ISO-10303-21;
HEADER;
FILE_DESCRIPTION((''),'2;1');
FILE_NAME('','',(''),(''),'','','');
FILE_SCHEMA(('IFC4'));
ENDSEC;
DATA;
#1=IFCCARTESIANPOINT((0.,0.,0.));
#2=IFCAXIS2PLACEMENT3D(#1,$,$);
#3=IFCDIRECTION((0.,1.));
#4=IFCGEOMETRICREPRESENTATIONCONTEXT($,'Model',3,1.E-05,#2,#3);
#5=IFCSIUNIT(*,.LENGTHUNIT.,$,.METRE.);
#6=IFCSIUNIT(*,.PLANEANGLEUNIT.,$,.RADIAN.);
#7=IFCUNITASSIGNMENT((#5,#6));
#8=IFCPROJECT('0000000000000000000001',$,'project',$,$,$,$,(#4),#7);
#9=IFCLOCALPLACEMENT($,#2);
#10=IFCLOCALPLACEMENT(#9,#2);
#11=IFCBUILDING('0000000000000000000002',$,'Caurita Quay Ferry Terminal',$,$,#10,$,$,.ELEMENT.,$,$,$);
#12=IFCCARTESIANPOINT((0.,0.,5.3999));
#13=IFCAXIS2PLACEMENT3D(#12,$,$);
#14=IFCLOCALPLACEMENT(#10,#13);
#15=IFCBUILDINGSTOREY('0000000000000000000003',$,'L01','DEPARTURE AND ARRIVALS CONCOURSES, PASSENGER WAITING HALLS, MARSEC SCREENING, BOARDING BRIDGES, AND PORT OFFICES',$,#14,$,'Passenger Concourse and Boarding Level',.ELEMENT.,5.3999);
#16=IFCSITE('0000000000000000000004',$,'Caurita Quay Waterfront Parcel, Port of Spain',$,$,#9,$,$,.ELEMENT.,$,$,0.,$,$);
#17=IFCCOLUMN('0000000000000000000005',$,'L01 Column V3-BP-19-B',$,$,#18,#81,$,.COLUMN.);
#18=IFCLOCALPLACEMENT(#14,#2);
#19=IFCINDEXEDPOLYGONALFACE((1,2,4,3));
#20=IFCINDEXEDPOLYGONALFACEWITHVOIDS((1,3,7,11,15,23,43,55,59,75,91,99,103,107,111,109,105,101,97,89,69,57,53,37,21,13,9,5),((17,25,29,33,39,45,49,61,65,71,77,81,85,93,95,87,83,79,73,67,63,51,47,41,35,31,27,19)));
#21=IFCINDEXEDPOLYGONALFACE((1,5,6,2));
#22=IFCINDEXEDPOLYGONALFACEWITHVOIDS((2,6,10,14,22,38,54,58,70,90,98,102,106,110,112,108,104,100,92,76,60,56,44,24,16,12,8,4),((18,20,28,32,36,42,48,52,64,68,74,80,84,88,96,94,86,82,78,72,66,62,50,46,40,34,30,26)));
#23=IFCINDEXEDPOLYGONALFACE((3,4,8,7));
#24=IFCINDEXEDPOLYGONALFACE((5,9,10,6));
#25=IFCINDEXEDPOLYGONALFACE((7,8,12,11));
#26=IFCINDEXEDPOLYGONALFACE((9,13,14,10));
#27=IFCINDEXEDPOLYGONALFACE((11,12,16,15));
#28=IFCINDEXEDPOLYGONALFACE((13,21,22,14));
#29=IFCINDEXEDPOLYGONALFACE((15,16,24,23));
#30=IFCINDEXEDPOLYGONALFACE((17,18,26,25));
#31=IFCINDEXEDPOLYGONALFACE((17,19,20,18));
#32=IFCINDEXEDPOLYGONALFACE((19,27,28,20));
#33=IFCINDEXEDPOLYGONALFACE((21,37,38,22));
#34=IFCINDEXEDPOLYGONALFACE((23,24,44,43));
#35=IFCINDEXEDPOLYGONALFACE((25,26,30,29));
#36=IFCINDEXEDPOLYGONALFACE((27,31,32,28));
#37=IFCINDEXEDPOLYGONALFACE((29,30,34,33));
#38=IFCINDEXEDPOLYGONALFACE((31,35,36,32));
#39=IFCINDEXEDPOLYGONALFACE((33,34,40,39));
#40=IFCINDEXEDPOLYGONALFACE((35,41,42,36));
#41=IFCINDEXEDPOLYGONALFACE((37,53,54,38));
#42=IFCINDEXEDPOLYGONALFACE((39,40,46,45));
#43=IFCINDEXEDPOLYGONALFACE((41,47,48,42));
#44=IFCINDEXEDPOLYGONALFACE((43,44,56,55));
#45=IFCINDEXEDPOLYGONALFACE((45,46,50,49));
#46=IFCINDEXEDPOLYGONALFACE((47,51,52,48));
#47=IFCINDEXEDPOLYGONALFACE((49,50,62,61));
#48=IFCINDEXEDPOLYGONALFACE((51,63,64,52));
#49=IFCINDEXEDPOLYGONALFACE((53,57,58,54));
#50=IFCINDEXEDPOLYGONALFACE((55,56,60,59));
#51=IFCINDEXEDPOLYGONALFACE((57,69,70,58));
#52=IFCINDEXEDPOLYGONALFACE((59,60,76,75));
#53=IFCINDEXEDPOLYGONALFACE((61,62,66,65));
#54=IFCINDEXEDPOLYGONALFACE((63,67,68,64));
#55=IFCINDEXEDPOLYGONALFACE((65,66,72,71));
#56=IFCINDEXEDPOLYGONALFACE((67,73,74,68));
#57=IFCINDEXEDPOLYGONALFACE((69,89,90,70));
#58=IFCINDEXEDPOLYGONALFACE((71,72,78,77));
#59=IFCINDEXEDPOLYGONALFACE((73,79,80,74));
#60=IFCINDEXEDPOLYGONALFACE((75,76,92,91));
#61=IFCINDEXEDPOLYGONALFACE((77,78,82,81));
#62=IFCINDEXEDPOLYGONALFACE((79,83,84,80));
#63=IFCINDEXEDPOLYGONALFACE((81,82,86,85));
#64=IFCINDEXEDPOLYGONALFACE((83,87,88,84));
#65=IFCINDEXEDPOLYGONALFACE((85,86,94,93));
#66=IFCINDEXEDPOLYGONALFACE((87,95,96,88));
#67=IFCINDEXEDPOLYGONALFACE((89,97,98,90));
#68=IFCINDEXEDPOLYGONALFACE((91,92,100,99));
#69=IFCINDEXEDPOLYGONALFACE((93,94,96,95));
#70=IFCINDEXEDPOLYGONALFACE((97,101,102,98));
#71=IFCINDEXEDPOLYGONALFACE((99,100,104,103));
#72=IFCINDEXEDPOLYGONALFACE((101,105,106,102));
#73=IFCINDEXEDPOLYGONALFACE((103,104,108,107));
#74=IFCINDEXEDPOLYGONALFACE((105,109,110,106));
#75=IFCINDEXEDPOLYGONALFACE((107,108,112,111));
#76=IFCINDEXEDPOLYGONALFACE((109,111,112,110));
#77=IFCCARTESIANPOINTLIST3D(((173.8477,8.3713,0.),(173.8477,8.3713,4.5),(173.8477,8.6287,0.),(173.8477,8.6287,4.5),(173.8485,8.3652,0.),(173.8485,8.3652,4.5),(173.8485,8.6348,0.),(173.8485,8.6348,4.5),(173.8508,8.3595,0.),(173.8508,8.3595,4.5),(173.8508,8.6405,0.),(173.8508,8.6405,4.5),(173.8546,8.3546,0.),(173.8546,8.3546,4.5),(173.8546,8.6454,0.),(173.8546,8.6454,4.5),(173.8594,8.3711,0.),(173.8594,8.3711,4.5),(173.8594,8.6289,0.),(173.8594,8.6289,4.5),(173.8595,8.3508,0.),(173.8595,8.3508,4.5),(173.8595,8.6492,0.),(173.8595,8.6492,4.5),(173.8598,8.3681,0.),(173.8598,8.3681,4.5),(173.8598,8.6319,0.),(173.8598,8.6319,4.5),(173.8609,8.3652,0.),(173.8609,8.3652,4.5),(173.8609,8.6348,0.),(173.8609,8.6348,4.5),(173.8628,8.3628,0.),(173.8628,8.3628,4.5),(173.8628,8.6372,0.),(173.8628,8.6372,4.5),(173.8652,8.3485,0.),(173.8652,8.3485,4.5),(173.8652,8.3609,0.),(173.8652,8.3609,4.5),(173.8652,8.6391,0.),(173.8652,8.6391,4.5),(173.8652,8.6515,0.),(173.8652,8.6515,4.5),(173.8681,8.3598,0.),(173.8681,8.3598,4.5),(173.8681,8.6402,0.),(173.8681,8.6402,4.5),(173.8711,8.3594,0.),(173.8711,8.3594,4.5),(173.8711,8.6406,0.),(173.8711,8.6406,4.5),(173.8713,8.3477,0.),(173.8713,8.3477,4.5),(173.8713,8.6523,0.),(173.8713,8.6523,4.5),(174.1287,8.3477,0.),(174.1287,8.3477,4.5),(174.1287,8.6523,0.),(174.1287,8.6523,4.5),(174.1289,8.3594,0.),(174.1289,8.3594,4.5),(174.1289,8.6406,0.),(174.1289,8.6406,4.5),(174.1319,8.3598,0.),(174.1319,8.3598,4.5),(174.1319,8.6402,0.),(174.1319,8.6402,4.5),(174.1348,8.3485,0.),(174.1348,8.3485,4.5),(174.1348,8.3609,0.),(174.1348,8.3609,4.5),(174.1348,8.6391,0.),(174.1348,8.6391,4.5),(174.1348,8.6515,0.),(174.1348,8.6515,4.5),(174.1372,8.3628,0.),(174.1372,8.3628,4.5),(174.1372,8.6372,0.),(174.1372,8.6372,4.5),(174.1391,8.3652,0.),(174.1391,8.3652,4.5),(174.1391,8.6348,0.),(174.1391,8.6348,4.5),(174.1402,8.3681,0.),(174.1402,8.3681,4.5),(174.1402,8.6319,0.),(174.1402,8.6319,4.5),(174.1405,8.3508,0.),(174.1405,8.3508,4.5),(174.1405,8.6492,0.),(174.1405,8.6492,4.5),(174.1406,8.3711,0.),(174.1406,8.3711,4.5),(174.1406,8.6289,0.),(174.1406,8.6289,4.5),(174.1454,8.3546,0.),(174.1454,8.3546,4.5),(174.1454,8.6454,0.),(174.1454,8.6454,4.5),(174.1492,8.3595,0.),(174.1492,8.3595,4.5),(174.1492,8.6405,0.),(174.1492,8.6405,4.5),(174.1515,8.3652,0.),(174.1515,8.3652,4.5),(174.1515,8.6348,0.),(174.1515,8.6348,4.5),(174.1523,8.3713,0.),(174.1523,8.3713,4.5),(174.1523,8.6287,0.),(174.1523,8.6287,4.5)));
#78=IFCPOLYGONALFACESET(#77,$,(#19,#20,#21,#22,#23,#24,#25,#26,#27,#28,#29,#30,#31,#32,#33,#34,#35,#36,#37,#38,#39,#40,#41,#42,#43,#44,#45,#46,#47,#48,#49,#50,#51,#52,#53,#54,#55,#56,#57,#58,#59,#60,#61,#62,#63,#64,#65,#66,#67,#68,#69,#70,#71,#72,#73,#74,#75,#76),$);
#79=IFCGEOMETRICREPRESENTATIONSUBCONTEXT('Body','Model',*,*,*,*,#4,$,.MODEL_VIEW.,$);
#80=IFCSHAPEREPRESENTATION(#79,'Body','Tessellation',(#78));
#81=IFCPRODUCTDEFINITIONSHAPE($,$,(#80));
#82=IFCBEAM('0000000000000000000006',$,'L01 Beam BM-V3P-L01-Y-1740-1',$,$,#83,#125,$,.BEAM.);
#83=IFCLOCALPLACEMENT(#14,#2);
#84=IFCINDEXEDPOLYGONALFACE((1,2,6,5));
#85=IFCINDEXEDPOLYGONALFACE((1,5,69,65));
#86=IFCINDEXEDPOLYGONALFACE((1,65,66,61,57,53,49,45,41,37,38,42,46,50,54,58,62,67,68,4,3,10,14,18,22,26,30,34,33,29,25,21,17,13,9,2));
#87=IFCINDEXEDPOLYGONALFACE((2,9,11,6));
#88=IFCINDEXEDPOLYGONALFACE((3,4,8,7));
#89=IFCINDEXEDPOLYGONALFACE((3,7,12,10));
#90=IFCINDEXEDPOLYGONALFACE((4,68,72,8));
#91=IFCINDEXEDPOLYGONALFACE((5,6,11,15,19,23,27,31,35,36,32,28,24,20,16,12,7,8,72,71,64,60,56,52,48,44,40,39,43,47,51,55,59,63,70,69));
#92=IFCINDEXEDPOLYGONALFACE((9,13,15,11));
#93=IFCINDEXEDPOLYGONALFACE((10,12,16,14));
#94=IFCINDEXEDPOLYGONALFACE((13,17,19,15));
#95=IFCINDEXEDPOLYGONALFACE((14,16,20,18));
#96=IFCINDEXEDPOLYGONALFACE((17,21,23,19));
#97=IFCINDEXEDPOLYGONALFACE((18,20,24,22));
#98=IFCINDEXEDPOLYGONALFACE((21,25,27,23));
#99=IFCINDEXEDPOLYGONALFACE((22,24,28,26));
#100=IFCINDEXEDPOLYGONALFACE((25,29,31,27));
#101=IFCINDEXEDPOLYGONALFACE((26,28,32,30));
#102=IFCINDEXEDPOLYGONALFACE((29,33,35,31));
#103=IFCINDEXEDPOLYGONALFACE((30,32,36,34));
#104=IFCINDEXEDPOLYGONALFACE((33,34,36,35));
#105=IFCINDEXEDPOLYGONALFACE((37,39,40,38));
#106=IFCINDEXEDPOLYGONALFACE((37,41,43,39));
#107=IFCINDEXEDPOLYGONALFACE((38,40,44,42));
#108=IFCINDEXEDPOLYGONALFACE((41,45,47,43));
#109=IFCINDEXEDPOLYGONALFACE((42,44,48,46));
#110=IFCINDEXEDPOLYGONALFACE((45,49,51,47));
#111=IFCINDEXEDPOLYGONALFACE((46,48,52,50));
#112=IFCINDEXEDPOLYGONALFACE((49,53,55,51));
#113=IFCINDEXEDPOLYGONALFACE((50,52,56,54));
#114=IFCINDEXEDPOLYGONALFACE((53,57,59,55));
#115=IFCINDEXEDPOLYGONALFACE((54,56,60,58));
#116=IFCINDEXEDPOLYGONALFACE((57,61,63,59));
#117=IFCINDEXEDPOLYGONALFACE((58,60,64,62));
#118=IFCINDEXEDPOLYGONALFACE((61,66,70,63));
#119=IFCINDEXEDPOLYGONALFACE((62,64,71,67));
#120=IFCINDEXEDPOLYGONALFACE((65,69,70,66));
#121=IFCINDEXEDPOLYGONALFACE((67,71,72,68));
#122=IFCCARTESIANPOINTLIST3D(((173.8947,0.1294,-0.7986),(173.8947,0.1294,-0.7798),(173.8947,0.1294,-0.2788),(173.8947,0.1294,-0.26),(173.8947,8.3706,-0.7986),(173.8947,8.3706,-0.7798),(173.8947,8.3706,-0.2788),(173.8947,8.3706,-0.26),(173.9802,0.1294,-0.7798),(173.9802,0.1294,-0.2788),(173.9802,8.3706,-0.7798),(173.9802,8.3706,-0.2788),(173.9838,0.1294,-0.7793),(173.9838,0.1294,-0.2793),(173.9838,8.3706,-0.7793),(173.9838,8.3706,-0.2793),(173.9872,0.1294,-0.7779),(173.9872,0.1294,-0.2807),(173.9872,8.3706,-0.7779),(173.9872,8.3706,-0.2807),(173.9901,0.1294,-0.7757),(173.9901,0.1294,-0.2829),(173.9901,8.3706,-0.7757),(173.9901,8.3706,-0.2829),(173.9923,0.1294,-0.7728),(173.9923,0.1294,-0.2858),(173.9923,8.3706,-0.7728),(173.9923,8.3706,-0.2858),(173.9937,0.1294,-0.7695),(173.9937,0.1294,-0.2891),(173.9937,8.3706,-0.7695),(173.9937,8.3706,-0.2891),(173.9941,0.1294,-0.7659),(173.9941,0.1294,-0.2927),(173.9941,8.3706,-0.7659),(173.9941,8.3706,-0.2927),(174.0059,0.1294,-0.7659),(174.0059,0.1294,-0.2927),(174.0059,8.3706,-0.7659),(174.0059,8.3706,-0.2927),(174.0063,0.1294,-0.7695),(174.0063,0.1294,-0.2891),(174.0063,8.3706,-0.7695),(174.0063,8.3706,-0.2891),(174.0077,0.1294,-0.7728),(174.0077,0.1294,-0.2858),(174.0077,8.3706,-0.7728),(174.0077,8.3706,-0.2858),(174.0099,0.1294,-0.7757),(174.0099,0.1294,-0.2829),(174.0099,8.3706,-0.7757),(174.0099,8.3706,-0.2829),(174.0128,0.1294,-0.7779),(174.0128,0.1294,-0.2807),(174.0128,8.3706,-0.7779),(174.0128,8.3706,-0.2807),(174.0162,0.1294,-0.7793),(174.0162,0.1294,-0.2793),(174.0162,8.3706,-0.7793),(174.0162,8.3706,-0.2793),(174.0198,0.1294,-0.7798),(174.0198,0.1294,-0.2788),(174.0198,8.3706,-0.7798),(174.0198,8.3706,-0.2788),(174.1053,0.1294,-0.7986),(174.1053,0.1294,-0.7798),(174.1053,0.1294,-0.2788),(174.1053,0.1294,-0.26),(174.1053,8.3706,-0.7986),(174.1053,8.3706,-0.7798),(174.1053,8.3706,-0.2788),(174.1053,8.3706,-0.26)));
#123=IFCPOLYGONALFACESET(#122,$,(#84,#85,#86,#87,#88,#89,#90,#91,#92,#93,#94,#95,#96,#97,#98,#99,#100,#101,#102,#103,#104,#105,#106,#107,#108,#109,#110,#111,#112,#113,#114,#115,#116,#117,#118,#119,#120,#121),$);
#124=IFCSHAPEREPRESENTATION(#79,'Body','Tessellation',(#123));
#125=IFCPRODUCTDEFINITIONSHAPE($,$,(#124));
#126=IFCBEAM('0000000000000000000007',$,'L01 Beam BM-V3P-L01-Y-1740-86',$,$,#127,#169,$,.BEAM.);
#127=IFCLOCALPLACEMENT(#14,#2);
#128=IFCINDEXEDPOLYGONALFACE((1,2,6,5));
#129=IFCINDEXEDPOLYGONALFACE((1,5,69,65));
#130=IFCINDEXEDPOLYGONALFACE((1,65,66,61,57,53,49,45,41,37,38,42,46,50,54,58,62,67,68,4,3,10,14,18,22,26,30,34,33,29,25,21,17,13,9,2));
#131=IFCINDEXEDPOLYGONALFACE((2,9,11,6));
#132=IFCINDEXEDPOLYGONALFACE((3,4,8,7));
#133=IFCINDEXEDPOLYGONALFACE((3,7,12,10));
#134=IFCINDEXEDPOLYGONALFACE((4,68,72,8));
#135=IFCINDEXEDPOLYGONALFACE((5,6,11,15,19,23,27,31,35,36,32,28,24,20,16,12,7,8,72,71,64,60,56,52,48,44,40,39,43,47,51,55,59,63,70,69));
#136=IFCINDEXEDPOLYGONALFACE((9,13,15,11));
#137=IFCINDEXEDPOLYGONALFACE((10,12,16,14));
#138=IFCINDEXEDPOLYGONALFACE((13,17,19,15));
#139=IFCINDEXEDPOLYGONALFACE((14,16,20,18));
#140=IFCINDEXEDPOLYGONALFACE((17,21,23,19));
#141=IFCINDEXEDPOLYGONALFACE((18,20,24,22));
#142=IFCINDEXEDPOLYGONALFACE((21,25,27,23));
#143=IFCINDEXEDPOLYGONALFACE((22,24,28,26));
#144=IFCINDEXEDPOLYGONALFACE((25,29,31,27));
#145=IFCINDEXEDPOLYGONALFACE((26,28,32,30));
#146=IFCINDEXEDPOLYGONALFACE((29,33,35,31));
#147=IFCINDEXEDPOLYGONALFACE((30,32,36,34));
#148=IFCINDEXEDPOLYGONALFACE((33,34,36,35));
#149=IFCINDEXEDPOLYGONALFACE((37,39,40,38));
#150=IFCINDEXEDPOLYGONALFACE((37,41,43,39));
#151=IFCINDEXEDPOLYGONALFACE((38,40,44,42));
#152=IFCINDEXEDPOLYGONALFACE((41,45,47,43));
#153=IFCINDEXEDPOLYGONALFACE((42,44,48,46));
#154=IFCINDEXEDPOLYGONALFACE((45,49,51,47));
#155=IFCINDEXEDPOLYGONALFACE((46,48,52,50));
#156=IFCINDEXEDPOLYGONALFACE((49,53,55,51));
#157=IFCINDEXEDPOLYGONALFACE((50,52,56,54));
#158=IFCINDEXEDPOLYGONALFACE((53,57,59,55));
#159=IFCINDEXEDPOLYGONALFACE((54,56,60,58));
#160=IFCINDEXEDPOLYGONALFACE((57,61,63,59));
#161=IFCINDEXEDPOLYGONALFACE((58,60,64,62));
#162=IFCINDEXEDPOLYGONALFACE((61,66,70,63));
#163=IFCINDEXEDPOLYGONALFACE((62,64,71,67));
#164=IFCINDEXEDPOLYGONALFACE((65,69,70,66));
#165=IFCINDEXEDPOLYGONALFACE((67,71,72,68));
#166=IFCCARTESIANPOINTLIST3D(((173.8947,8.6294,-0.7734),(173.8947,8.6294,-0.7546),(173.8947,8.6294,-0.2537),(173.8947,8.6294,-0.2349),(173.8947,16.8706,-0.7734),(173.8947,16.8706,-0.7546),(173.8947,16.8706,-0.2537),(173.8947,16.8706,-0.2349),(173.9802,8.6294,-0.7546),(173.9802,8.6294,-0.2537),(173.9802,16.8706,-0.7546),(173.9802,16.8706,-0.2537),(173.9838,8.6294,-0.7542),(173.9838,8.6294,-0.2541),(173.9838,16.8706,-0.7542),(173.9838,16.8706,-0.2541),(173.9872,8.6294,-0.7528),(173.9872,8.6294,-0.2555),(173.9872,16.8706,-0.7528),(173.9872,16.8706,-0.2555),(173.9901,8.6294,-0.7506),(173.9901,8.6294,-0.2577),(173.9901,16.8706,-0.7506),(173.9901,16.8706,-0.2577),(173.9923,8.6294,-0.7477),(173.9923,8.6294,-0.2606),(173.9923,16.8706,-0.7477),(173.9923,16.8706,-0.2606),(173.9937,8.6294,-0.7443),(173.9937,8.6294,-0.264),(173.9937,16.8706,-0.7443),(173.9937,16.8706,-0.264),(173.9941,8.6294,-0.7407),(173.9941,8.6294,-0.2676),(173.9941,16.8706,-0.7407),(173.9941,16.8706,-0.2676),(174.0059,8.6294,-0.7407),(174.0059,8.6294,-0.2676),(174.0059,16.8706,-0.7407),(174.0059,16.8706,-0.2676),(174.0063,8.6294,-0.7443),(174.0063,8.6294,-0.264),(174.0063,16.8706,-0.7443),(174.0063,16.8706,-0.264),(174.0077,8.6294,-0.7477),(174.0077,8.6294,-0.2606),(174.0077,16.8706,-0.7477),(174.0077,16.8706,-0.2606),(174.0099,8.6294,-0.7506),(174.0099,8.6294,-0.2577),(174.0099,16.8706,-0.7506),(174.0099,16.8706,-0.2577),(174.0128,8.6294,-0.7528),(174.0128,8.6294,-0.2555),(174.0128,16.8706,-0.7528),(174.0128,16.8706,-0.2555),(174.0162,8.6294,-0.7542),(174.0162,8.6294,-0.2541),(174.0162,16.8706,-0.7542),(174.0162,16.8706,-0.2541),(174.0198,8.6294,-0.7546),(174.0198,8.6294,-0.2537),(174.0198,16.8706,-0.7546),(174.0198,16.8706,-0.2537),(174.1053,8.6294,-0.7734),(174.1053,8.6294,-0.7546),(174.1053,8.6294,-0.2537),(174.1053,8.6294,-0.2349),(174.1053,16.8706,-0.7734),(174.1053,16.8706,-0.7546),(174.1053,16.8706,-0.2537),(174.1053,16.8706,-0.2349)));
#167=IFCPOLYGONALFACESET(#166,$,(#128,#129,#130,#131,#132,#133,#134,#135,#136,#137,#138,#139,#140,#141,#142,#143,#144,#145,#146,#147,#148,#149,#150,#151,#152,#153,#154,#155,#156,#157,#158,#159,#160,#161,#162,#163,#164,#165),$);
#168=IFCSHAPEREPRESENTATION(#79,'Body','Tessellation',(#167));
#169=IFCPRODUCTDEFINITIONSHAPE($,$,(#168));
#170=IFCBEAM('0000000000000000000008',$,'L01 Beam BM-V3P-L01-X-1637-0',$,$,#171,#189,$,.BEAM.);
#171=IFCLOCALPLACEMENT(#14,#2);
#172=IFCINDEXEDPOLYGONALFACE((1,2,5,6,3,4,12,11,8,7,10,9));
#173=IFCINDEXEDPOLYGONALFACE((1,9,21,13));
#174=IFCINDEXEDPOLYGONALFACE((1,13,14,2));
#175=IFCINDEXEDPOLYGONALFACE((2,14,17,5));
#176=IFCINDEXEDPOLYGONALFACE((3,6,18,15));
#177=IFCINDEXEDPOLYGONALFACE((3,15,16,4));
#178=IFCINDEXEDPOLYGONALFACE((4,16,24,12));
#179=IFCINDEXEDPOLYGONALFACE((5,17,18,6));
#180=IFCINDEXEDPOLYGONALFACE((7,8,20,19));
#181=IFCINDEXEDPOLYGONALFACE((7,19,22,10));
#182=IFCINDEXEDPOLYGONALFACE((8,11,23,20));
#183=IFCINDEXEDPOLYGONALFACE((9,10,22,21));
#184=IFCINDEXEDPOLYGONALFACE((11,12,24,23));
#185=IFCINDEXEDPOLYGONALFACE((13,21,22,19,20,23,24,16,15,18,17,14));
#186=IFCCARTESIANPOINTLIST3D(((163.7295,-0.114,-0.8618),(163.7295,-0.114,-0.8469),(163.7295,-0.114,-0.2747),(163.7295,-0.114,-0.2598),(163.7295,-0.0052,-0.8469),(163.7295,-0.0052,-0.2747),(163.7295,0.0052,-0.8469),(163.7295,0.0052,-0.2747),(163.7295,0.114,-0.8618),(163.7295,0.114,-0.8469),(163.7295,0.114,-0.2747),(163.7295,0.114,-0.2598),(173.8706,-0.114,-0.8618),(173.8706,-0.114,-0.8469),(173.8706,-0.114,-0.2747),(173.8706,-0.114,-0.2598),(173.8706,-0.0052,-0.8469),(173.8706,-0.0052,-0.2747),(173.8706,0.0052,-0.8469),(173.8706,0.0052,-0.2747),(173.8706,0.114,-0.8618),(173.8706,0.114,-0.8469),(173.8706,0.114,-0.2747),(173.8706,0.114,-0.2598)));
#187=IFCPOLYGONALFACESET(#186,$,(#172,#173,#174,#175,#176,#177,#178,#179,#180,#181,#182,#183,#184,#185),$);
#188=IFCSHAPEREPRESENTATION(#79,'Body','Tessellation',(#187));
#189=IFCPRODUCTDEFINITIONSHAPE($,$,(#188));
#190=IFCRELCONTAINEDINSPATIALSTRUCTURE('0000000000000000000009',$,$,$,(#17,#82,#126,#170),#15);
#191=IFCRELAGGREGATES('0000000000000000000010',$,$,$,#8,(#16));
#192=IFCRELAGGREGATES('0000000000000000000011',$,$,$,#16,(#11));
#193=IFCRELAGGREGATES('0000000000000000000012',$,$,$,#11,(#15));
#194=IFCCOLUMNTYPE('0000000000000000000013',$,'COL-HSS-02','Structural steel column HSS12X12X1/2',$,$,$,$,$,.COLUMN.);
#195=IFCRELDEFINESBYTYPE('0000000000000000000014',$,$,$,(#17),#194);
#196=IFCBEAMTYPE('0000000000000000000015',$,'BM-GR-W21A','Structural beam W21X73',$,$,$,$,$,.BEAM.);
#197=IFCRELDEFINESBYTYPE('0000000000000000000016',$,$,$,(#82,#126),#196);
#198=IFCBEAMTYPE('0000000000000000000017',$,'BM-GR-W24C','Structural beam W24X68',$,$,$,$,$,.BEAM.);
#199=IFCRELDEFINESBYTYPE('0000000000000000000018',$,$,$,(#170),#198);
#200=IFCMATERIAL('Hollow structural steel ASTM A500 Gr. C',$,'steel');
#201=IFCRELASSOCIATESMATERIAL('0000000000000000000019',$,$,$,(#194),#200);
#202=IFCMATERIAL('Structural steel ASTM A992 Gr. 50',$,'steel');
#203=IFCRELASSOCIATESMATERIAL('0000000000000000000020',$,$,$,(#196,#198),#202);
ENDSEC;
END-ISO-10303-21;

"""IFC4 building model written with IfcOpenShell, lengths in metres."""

from ifc_helpers import new_model, si_unit, direction, frame, origin, origin_2d, place, context, subcontext, project, spatial, hollow_rectangle, i_section, extrude, material, material_profile, profile_set, type_object, element, save


model = new_model("IFC4")

# Units and contexts
model_context = context("Model", 3, precision=1e-05, world=origin(), true_north=direction((0.0, 1.0)))
body_context = subcontext(model_context, "Body", "Model", "MODEL_VIEW")
ifc_project = project(units=[si_unit("LENGTHUNIT", "METRE"), si_unit("PLANEANGLEUNIT", "RADIAN")], contexts=[model_context])

# Site, building, storey
site_placement = place(None, origin())
site = spatial("IfcSite", under=ifc_project, at=site_placement, Name="Caurita Quay Waterfront Parcel, Port of Spain", CompositionType="ELEMENT", RefElevation=0.0)
building_placement = place(site_placement, origin())
building = spatial("IfcBuilding", under=site, at=building_placement, Name="Caurita Quay Ferry Terminal", CompositionType="ELEMENT")
storey_placement = place(building_placement, frame((0.0, 0.0, 5.3999)))
storey = spatial("IfcBuildingStorey", under=building, at=storey_placement, Name="L01", Description="DEPARTURE AND ARRIVALS CONCOURSES, PASSENGER WAITING HALLS, MARSEC SCREENING, BOARDING BRIDGES, AND PORT OFFICES", LongName="Passenger Concourse and Boarding Level", CompositionType="ELEMENT", Elevation=5.3999)

# Column
ifc_material_1 = material(Name="Hollow structural steel ASTM A500 Gr. C", Category="steel")
ifc_material_profile_1 = material_profile(ifc_material_1, hollow_rectangle(XDim=0.3047, YDim=0.3047, WallThickness=0.0117, InnerFilletRadius=0.0117, OuterFilletRadius=0.0237, at=origin_2d()), Name="HSS12X12X1/2")
ifc_profile_set_1 = profile_set([ifc_material_profile_1], Name="Hollow structural steel ASTM A500 Gr. C")
column_type = type_object("IfcColumnType", Name="COL-HSS-02", Description="Structural steel column HSS12X12X1/2", PredefinedType="COLUMN", material=ifc_profile_set_1)
column_placement = place(storey_placement, frame((174.0, 8.5, 0.0), z_axis=(0.0, 0.0, 1.0), x_axis=(1.0, 0.0, 0.0)))
element("IfcColumn", 1, at=column_placement, inside=storey, type_object=column_type, Name="L01 Column V3-BP-19-B", PredefinedType="COLUMN", context=body_context, shape_type="SweptSolid", body=[
    extrude(hollow_rectangle(XDim=0.3047, YDim=0.3047, WallThickness=0.0117, InnerFilletRadius=0.0117, OuterFilletRadius=0.0237, at=origin_2d()), origin(), (0.0, 0.0, 1.0), 4.5),
])

# Beams
ifc_material_2 = material(Name="Structural steel ASTM A992 Gr. 50", Category="steel")
ifc_material_profile_2 = material_profile(ifc_material_2, i_section(OverallWidth=0.2107, OverallDepth=0.5386, WebThickness=0.0117, FlangeThickness=0.0188, FilletRadius=0.0139, at=origin_2d()), Name="W21X73")
ifc_profile_set_2 = profile_set([ifc_material_profile_2], Name="Structural steel ASTM A992 Gr. 50")
beam_type_1 = type_object("IfcBeamType", Name="BM-GR-W21A", Description="Structural beam W21X73", PredefinedType="BEAM", material=ifc_profile_set_2)
for number, where, z_axis, x_axis, name in (
    (2, (174.0, 0.1294, -0.5293), (0.0, 1.0, 0.0), (-1.0, 0.0, 0.0), "L01 Beam BM-V3P-L01-Y-1740-1"),
    (3, (174.0, 8.6294, -0.5042), (0.0, 1.0, 0.0), (-1.0, 0.0, 0.0), "L01 Beam BM-V3P-L01-Y-1740-86"),
):
    element("IfcBeam", number, at=place(storey_placement, frame(where, z_axis=z_axis, x_axis=x_axis)), inside=storey, type_object=beam_type_1, Name=name, PredefinedType="BEAM", context=body_context, shape_type="SweptSolid", body=[
        extrude(i_section(OverallWidth=0.2107, OverallDepth=0.5386, WebThickness=0.0117, FlangeThickness=0.0188, FilletRadius=0.0139, at=origin_2d()), origin(), (0.0, 0.0, 1.0), 8.2412),
    ])
ifc_material_profile_3 = material_profile(ifc_material_2, i_section(OverallWidth=0.228, OverallDepth=0.6021, WebThickness=0.0105, FlangeThickness=0.0149, at=origin_2d()), Name="W24X68")
ifc_profile_set_3 = profile_set([ifc_material_profile_3], Name="Structural steel ASTM A992 Gr. 50")
beam_type_2 = type_object("IfcBeamType", Name="BM-GR-W24C", Description="Structural beam W24X68", PredefinedType="BEAM", material=ifc_profile_set_3)
for number, where, z_axis, x_axis, name in (
    (4, (163.7295, 0.0, -0.5608), (1.0, 0.0, 0.0), (0.0, 1.0, 0.0), "L01 Beam BM-V3P-L01-X-1637-0"),
):
    element("IfcBeam", number, at=place(storey_placement, frame(where, z_axis=z_axis, x_axis=x_axis)), inside=storey, type_object=beam_type_2, Name=name, PredefinedType="BEAM", context=body_context, shape_type="SweptSolid", body=[
        extrude(i_section(OverallWidth=0.228, OverallDepth=0.6021, WebThickness=0.0105, FlangeThickness=0.0149, at=origin_2d()), origin(), (0.0, 0.0, 1.0), 10.1411),
    ])

save(model, "model.ifc")
